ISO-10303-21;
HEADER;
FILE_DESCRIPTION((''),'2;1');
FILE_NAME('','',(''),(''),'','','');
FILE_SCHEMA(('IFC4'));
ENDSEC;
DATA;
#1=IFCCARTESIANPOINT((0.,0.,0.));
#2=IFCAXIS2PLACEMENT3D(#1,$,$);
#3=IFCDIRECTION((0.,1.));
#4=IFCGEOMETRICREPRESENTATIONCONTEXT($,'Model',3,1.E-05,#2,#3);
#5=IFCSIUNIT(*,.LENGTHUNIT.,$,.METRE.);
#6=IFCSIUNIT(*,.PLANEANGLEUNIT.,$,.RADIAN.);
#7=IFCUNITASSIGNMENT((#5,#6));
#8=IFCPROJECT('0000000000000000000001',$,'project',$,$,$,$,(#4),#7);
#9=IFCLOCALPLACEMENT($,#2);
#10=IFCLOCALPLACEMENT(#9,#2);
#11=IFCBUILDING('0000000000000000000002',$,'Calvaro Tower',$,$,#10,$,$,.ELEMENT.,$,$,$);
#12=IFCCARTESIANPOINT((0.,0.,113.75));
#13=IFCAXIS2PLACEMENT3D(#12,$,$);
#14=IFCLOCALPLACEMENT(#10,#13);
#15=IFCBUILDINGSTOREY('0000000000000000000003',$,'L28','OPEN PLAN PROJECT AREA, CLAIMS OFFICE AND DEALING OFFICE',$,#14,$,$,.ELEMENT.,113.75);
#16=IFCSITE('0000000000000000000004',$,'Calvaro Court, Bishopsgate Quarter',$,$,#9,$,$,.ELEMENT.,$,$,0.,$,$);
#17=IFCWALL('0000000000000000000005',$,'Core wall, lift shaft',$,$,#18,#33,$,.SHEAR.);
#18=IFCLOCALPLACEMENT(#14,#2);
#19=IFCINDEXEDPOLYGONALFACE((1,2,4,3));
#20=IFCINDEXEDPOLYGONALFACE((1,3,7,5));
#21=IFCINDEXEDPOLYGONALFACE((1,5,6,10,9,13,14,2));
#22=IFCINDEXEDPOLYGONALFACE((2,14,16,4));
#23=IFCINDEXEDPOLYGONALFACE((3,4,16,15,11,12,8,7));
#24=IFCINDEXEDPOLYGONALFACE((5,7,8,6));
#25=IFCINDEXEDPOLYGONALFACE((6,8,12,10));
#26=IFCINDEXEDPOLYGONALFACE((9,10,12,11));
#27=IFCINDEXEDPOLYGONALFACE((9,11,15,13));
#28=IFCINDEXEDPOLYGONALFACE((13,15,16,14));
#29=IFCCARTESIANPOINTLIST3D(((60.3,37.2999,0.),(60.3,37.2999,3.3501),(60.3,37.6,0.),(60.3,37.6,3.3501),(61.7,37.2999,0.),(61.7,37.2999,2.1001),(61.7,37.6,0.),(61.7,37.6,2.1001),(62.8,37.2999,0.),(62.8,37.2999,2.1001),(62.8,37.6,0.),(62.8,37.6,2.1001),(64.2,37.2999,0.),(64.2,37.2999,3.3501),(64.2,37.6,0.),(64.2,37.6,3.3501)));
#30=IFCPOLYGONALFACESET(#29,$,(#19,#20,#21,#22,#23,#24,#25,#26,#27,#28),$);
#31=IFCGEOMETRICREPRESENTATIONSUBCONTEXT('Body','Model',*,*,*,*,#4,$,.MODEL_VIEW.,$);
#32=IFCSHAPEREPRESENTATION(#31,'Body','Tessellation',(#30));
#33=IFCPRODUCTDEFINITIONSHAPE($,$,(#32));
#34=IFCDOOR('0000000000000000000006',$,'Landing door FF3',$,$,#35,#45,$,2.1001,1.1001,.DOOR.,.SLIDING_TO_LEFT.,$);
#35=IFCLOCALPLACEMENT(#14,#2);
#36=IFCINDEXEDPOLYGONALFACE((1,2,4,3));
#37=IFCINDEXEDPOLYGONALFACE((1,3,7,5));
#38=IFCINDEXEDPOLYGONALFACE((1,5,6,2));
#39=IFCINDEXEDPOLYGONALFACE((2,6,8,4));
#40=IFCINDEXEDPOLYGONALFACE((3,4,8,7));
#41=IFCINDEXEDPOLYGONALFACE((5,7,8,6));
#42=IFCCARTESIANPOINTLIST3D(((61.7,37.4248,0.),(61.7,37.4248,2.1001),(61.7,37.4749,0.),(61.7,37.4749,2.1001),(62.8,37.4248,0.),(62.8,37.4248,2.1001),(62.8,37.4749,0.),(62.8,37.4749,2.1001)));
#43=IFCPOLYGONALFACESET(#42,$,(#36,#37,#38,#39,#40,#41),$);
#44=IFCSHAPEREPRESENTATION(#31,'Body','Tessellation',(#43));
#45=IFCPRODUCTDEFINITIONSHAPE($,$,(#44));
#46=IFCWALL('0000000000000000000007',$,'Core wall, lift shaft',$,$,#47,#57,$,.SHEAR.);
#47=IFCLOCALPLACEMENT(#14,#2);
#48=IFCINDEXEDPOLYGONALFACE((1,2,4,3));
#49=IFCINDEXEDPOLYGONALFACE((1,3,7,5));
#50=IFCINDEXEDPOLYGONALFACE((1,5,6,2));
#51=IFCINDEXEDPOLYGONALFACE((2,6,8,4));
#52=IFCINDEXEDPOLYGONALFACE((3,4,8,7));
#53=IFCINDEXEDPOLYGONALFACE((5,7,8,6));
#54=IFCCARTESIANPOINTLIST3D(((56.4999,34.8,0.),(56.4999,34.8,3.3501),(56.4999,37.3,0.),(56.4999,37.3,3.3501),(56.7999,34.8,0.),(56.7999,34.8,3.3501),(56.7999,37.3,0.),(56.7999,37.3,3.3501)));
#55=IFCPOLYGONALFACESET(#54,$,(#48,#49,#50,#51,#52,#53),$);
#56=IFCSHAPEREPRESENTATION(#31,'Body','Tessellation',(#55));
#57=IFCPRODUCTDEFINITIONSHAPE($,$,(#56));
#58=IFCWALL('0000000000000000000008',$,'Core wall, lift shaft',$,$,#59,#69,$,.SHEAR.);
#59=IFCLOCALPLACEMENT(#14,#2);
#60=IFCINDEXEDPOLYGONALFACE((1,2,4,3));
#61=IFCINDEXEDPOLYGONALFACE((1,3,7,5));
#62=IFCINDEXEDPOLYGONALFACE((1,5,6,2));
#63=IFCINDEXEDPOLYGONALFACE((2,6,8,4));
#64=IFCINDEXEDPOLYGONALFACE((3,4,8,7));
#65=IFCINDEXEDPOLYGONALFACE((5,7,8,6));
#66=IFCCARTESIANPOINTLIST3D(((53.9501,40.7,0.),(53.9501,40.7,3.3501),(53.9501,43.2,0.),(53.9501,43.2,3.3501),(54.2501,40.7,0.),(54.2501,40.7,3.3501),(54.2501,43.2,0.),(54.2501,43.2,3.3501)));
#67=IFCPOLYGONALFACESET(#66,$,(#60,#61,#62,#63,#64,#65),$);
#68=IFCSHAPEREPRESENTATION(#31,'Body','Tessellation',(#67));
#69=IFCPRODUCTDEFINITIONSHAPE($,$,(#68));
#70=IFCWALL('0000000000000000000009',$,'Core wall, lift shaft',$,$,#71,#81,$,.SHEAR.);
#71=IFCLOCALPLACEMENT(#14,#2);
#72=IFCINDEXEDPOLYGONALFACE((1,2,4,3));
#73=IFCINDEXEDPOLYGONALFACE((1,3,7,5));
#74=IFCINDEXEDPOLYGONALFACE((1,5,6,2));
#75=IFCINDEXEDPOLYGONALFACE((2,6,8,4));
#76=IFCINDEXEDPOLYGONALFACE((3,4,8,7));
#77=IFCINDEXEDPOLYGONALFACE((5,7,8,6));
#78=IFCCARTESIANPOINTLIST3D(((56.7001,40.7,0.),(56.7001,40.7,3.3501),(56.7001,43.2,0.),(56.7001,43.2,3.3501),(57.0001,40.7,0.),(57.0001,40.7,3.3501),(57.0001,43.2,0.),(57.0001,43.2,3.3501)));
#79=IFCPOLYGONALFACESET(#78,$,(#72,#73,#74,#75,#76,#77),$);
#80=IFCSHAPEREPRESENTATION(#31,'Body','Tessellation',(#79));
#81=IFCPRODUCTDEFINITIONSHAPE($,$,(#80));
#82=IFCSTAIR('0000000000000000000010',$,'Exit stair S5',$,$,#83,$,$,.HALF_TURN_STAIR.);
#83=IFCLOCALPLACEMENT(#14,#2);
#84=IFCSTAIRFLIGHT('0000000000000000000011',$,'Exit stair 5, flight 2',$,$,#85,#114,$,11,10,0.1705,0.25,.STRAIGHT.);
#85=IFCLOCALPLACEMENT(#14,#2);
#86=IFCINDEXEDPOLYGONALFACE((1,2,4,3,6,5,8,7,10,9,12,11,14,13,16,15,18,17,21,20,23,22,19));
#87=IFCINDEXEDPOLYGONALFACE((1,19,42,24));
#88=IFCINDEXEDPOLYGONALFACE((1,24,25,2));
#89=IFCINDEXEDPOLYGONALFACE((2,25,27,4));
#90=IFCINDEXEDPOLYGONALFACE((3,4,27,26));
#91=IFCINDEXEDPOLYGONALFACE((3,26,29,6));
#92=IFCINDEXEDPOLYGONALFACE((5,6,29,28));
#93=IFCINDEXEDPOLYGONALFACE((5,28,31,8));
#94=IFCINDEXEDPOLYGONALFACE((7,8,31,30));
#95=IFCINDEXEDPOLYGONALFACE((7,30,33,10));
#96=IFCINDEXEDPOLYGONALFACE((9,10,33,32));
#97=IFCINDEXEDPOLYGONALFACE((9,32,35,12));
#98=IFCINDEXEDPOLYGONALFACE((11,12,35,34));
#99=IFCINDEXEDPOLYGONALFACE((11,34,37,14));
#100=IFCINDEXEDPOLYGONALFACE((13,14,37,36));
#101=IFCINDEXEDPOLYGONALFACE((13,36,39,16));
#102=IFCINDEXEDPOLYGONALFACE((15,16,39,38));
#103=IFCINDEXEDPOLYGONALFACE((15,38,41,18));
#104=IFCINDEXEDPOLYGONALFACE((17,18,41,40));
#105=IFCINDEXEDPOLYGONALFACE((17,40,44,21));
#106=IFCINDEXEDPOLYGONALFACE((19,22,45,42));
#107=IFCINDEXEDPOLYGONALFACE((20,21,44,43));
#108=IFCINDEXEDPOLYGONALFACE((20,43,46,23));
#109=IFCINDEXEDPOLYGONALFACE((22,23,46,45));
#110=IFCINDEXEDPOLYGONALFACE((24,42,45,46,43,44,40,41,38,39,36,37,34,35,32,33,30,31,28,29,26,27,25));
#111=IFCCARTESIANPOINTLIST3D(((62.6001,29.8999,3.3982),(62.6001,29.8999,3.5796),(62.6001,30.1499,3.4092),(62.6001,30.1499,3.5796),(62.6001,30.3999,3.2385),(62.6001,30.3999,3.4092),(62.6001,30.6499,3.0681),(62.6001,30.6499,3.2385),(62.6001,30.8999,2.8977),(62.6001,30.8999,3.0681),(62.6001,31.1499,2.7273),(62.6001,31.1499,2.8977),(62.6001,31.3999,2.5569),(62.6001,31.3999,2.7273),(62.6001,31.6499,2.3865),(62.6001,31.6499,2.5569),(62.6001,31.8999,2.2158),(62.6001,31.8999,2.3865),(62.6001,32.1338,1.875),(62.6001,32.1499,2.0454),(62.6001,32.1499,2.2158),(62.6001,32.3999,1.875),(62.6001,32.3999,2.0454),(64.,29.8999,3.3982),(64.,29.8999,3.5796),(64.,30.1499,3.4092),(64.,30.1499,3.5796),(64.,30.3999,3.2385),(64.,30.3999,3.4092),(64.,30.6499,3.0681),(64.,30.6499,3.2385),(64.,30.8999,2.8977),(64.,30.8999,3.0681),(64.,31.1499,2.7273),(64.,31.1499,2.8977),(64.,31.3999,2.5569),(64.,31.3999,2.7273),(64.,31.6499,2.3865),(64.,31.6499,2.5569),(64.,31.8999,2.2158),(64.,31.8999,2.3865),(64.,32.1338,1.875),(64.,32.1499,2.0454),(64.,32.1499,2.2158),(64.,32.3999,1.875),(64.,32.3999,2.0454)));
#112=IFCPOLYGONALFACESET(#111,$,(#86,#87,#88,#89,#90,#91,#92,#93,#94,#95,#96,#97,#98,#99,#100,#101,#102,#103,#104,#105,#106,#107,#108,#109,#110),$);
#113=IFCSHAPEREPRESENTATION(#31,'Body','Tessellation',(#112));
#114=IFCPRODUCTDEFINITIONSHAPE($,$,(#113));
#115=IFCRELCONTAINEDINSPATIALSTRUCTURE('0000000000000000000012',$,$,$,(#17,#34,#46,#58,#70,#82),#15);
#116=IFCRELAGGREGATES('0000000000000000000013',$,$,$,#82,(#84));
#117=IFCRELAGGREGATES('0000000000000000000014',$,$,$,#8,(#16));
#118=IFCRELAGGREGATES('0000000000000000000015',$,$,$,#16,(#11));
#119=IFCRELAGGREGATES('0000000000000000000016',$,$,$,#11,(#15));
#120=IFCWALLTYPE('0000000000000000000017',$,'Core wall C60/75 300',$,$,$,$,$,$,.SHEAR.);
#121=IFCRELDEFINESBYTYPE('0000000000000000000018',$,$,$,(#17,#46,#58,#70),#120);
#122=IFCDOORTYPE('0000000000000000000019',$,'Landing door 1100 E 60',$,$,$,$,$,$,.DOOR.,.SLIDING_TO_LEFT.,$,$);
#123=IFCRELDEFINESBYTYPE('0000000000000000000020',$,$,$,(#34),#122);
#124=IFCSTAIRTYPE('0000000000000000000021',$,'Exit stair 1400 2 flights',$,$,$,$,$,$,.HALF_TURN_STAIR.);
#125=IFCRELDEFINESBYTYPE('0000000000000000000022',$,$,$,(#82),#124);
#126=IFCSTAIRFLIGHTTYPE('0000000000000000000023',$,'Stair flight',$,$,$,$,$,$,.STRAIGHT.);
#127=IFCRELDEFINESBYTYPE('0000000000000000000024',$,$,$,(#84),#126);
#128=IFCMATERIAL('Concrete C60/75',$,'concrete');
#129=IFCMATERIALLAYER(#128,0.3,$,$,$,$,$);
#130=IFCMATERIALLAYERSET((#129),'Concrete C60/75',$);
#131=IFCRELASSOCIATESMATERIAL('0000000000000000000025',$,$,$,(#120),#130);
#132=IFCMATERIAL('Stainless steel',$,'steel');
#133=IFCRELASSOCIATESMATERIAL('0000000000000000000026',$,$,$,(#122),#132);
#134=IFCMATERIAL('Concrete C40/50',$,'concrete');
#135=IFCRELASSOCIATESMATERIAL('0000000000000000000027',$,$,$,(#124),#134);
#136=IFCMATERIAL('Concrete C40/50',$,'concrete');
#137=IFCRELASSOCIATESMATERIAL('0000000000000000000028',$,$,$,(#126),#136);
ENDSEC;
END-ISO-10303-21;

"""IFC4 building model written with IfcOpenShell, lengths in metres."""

from ifc_helpers import new_model, si_unit, direction, frame, frame_2d, origin, place, context, subcontext, project, spatial, polyline, rectangle, outline, extrude, material, layer, layer_set, type_object, element, fill, aggregate, save


model = new_model("IFC4")

# Units and contexts
model_context = context("Model", 3, precision=1e-05, world=origin(), true_north=direction((0.0, 1.0)))
body_context = subcontext(model_context, "Body", "Model", "MODEL_VIEW")
ifc_project = project(units=[si_unit("LENGTHUNIT", "METRE"), si_unit("PLANEANGLEUNIT", "RADIAN")], contexts=[model_context])

# Site, building, storey
site_placement = place(None, origin())
site = spatial("IfcSite", under=ifc_project, at=site_placement, Name="Calvaro Court, Bishopsgate Quarter", CompositionType="ELEMENT", RefElevation=0.0)
building_placement = place(site_placement, origin())
building = spatial("IfcBuilding", under=site, at=building_placement, Name="Calvaro Tower", CompositionType="ELEMENT")
storey_placement = place(building_placement, frame((0.0, 0.0, 113.75)))
storey = spatial("IfcBuildingStorey", under=building, at=storey_placement, Name="L28", Description="OPEN PLAN PROJECT AREA, CLAIMS OFFICE AND DEALING OFFICE", CompositionType="ELEMENT", Elevation=113.75)

# Shared definitions
ifc_material_1 = material(Name="Concrete C60/75", Category="concrete")
ifc_layer_1 = layer(ifc_material_1, 0.3)
ifc_layer_set_1 = layer_set([ifc_layer_1], Name="Concrete C60/75")
wall_type_1 = type_object("IfcWallType", Name="Core wall C60/75 300", PredefinedType="SHEAR", material=ifc_layer_set_1)

# Wall, opening, door
wall_1_placement = place(storey_placement, frame((60.3, 37.45, 0.0), z_axis=(0.0, 0.0, 1.0), x_axis=(1.0, 0.0, 0.0)))
wall_1 = element("IfcWall", 1, at=wall_1_placement, inside=storey, type_object=wall_type_1, Name="Core wall, lift shaft", PredefinedType="SHEAR", context=body_context, shape_type="SweptSolid", body=[
    extrude(rectangle(XDim=3.8999, YDim=0.3, at=frame_2d((1.95, 0.0))), origin(), (0.0, 0.0, 1.0), 3.3501),
])
opening_1_placement = place(wall_1_placement, frame((1.3999, 0.0, 0.0)))
opening_1 = element("IfcOpeningElement", 2, at=opening_1_placement, cuts=wall_1, PredefinedType="OPENING", context=body_context, shape_type="SweptSolid", body=[
    extrude(rectangle(XDim=1.1001, YDim=2.1001, at=frame_2d((0.55, 1.05))), frame((0.0, 0.1599, 0.0), z_axis=(0.0, -1.0, 0.0), x_axis=(1.0, 0.0, 0.0)), (0.0, 0.0, 1.0), 0.3201),
])
ifc_material_2 = material(Name="Stainless steel", Category="steel")
door_type_1 = type_object("IfcDoorType", Name="Landing door 1100 E 60", OperationType="SLIDING_TO_LEFT", PredefinedType="DOOR", material=ifc_material_2)
door_1_placement = place(opening_1_placement, origin())
door_1 = element("IfcDoor", 3, at=door_1_placement, inside=storey, type_object=door_type_1, Name="Landing door FF3", OperationType="SLIDING_TO_LEFT", OverallHeight=2.1001, OverallWidth=1.1001, PredefinedType="DOOR", context=body_context, shape_type="SweptSolid", body=[
    extrude(rectangle(XDim=1.1001, YDim=2.1001, at=frame_2d((0.55, 1.05))), frame((0.0, 0.0249, 0.0), z_axis=(0.0, -1.0, 0.0), x_axis=(1.0, 0.0, 0.0)), (0.0, 0.0, 1.0), 0.05),
])
fill(opening_1, door_1)

# Walls
for number, where, z_axis, x_axis, name in (
    (4, (56.6499, 34.8, 0.0), (0.0, 0.0, 1.0), (0.0, 1.0, 0.0), "Core wall, lift shaft"),
    (5, (54.1001, 40.7, 0.0), (0.0, 0.0, 1.0), (0.0, 1.0, 0.0), "Core wall, lift shaft"),
    (6, (56.8501, 40.7, 0.0), (0.0, 0.0, 1.0), (0.0, 1.0, 0.0), "Core wall, lift shaft"),
):
    element("IfcWall", number, at=place(storey_placement, frame(where, z_axis=z_axis, x_axis=x_axis)), inside=storey, type_object=wall_type_1, Name=name, PredefinedType="SHEAR", context=body_context, shape_type="SweptSolid", body=[
        extrude(rectangle(XDim=2.5, YDim=0.3, at=frame_2d((1.25, 0.0))), origin(), (0.0, 0.0, 1.0), 3.3501),
    ])

# Stair, stair flight
ifc_material_3 = material(Name="Concrete C40/50", Category="concrete")
stair_type = type_object("IfcStairType", Name="Exit stair 1400 2 flights", PredefinedType="HALF_TURN_STAIR", material=ifc_material_3)
stair_1_placement = place(storey_placement, origin())
stair_1 = element("IfcStair", 7, at=stair_1_placement, inside=storey, type_object=stair_type, Name="Exit stair S5", PredefinedType="HALF_TURN_STAIR")
ifc_material_4 = material(Name="Concrete C40/50", Category="concrete")
stair_flight_type = type_object("IfcStairFlightType", Name="Stair flight", PredefinedType="STRAIGHT", material=ifc_material_4)
stair_flight_placement = place(storey_placement, frame((63.3, 32.3999, 1.875), z_axis=(0.0, 0.0, 1.0), x_axis=(0.0, -1.0, 0.0)))
stair_flight = element("IfcStairFlight", 8, at=stair_flight_placement, type_object=stair_flight_type, Name="Exit stair 5, flight 2", NumberOfRisers=11, NumberOfTreads=10, PredefinedType="STRAIGHT", RiserHeight=0.1705, TreadLength=0.25, context=body_context, shape_type="SweptSolid", body=[
    extrude(outline(polyline([(0.0, 0.0), (0.0, 0.1704), (0.25, 0.1704), (0.25, 0.3408), (0.5, 0.3408), (0.5, 0.5115), (0.75, 0.5115), (0.75, 0.6819), (1.0, 0.6819), (1.0, 0.8523), (1.25, 0.8523), (1.25, 1.0227), (1.5, 1.0227), (1.5, 1.1931), (1.75, 1.1931), (1.75, 1.3635), (2.0, 1.3635), (2.0, 1.5342), (2.25, 1.5342), (2.25, 1.7046), (2.5, 1.7046), (2.5, 1.875), (2.5, 1.5232), (0.2661, 0.0), (0.0, 0.0)])), frame((0.0, 0.7, 0.0), z_axis=(0.0, -1.0, 0.0), x_axis=(1.0, 0.0, 0.0)), (0.0, 0.0, 1.0), 1.3999),
])

aggregate(stair_1, [stair_flight])

save(model, "model.ifc")
